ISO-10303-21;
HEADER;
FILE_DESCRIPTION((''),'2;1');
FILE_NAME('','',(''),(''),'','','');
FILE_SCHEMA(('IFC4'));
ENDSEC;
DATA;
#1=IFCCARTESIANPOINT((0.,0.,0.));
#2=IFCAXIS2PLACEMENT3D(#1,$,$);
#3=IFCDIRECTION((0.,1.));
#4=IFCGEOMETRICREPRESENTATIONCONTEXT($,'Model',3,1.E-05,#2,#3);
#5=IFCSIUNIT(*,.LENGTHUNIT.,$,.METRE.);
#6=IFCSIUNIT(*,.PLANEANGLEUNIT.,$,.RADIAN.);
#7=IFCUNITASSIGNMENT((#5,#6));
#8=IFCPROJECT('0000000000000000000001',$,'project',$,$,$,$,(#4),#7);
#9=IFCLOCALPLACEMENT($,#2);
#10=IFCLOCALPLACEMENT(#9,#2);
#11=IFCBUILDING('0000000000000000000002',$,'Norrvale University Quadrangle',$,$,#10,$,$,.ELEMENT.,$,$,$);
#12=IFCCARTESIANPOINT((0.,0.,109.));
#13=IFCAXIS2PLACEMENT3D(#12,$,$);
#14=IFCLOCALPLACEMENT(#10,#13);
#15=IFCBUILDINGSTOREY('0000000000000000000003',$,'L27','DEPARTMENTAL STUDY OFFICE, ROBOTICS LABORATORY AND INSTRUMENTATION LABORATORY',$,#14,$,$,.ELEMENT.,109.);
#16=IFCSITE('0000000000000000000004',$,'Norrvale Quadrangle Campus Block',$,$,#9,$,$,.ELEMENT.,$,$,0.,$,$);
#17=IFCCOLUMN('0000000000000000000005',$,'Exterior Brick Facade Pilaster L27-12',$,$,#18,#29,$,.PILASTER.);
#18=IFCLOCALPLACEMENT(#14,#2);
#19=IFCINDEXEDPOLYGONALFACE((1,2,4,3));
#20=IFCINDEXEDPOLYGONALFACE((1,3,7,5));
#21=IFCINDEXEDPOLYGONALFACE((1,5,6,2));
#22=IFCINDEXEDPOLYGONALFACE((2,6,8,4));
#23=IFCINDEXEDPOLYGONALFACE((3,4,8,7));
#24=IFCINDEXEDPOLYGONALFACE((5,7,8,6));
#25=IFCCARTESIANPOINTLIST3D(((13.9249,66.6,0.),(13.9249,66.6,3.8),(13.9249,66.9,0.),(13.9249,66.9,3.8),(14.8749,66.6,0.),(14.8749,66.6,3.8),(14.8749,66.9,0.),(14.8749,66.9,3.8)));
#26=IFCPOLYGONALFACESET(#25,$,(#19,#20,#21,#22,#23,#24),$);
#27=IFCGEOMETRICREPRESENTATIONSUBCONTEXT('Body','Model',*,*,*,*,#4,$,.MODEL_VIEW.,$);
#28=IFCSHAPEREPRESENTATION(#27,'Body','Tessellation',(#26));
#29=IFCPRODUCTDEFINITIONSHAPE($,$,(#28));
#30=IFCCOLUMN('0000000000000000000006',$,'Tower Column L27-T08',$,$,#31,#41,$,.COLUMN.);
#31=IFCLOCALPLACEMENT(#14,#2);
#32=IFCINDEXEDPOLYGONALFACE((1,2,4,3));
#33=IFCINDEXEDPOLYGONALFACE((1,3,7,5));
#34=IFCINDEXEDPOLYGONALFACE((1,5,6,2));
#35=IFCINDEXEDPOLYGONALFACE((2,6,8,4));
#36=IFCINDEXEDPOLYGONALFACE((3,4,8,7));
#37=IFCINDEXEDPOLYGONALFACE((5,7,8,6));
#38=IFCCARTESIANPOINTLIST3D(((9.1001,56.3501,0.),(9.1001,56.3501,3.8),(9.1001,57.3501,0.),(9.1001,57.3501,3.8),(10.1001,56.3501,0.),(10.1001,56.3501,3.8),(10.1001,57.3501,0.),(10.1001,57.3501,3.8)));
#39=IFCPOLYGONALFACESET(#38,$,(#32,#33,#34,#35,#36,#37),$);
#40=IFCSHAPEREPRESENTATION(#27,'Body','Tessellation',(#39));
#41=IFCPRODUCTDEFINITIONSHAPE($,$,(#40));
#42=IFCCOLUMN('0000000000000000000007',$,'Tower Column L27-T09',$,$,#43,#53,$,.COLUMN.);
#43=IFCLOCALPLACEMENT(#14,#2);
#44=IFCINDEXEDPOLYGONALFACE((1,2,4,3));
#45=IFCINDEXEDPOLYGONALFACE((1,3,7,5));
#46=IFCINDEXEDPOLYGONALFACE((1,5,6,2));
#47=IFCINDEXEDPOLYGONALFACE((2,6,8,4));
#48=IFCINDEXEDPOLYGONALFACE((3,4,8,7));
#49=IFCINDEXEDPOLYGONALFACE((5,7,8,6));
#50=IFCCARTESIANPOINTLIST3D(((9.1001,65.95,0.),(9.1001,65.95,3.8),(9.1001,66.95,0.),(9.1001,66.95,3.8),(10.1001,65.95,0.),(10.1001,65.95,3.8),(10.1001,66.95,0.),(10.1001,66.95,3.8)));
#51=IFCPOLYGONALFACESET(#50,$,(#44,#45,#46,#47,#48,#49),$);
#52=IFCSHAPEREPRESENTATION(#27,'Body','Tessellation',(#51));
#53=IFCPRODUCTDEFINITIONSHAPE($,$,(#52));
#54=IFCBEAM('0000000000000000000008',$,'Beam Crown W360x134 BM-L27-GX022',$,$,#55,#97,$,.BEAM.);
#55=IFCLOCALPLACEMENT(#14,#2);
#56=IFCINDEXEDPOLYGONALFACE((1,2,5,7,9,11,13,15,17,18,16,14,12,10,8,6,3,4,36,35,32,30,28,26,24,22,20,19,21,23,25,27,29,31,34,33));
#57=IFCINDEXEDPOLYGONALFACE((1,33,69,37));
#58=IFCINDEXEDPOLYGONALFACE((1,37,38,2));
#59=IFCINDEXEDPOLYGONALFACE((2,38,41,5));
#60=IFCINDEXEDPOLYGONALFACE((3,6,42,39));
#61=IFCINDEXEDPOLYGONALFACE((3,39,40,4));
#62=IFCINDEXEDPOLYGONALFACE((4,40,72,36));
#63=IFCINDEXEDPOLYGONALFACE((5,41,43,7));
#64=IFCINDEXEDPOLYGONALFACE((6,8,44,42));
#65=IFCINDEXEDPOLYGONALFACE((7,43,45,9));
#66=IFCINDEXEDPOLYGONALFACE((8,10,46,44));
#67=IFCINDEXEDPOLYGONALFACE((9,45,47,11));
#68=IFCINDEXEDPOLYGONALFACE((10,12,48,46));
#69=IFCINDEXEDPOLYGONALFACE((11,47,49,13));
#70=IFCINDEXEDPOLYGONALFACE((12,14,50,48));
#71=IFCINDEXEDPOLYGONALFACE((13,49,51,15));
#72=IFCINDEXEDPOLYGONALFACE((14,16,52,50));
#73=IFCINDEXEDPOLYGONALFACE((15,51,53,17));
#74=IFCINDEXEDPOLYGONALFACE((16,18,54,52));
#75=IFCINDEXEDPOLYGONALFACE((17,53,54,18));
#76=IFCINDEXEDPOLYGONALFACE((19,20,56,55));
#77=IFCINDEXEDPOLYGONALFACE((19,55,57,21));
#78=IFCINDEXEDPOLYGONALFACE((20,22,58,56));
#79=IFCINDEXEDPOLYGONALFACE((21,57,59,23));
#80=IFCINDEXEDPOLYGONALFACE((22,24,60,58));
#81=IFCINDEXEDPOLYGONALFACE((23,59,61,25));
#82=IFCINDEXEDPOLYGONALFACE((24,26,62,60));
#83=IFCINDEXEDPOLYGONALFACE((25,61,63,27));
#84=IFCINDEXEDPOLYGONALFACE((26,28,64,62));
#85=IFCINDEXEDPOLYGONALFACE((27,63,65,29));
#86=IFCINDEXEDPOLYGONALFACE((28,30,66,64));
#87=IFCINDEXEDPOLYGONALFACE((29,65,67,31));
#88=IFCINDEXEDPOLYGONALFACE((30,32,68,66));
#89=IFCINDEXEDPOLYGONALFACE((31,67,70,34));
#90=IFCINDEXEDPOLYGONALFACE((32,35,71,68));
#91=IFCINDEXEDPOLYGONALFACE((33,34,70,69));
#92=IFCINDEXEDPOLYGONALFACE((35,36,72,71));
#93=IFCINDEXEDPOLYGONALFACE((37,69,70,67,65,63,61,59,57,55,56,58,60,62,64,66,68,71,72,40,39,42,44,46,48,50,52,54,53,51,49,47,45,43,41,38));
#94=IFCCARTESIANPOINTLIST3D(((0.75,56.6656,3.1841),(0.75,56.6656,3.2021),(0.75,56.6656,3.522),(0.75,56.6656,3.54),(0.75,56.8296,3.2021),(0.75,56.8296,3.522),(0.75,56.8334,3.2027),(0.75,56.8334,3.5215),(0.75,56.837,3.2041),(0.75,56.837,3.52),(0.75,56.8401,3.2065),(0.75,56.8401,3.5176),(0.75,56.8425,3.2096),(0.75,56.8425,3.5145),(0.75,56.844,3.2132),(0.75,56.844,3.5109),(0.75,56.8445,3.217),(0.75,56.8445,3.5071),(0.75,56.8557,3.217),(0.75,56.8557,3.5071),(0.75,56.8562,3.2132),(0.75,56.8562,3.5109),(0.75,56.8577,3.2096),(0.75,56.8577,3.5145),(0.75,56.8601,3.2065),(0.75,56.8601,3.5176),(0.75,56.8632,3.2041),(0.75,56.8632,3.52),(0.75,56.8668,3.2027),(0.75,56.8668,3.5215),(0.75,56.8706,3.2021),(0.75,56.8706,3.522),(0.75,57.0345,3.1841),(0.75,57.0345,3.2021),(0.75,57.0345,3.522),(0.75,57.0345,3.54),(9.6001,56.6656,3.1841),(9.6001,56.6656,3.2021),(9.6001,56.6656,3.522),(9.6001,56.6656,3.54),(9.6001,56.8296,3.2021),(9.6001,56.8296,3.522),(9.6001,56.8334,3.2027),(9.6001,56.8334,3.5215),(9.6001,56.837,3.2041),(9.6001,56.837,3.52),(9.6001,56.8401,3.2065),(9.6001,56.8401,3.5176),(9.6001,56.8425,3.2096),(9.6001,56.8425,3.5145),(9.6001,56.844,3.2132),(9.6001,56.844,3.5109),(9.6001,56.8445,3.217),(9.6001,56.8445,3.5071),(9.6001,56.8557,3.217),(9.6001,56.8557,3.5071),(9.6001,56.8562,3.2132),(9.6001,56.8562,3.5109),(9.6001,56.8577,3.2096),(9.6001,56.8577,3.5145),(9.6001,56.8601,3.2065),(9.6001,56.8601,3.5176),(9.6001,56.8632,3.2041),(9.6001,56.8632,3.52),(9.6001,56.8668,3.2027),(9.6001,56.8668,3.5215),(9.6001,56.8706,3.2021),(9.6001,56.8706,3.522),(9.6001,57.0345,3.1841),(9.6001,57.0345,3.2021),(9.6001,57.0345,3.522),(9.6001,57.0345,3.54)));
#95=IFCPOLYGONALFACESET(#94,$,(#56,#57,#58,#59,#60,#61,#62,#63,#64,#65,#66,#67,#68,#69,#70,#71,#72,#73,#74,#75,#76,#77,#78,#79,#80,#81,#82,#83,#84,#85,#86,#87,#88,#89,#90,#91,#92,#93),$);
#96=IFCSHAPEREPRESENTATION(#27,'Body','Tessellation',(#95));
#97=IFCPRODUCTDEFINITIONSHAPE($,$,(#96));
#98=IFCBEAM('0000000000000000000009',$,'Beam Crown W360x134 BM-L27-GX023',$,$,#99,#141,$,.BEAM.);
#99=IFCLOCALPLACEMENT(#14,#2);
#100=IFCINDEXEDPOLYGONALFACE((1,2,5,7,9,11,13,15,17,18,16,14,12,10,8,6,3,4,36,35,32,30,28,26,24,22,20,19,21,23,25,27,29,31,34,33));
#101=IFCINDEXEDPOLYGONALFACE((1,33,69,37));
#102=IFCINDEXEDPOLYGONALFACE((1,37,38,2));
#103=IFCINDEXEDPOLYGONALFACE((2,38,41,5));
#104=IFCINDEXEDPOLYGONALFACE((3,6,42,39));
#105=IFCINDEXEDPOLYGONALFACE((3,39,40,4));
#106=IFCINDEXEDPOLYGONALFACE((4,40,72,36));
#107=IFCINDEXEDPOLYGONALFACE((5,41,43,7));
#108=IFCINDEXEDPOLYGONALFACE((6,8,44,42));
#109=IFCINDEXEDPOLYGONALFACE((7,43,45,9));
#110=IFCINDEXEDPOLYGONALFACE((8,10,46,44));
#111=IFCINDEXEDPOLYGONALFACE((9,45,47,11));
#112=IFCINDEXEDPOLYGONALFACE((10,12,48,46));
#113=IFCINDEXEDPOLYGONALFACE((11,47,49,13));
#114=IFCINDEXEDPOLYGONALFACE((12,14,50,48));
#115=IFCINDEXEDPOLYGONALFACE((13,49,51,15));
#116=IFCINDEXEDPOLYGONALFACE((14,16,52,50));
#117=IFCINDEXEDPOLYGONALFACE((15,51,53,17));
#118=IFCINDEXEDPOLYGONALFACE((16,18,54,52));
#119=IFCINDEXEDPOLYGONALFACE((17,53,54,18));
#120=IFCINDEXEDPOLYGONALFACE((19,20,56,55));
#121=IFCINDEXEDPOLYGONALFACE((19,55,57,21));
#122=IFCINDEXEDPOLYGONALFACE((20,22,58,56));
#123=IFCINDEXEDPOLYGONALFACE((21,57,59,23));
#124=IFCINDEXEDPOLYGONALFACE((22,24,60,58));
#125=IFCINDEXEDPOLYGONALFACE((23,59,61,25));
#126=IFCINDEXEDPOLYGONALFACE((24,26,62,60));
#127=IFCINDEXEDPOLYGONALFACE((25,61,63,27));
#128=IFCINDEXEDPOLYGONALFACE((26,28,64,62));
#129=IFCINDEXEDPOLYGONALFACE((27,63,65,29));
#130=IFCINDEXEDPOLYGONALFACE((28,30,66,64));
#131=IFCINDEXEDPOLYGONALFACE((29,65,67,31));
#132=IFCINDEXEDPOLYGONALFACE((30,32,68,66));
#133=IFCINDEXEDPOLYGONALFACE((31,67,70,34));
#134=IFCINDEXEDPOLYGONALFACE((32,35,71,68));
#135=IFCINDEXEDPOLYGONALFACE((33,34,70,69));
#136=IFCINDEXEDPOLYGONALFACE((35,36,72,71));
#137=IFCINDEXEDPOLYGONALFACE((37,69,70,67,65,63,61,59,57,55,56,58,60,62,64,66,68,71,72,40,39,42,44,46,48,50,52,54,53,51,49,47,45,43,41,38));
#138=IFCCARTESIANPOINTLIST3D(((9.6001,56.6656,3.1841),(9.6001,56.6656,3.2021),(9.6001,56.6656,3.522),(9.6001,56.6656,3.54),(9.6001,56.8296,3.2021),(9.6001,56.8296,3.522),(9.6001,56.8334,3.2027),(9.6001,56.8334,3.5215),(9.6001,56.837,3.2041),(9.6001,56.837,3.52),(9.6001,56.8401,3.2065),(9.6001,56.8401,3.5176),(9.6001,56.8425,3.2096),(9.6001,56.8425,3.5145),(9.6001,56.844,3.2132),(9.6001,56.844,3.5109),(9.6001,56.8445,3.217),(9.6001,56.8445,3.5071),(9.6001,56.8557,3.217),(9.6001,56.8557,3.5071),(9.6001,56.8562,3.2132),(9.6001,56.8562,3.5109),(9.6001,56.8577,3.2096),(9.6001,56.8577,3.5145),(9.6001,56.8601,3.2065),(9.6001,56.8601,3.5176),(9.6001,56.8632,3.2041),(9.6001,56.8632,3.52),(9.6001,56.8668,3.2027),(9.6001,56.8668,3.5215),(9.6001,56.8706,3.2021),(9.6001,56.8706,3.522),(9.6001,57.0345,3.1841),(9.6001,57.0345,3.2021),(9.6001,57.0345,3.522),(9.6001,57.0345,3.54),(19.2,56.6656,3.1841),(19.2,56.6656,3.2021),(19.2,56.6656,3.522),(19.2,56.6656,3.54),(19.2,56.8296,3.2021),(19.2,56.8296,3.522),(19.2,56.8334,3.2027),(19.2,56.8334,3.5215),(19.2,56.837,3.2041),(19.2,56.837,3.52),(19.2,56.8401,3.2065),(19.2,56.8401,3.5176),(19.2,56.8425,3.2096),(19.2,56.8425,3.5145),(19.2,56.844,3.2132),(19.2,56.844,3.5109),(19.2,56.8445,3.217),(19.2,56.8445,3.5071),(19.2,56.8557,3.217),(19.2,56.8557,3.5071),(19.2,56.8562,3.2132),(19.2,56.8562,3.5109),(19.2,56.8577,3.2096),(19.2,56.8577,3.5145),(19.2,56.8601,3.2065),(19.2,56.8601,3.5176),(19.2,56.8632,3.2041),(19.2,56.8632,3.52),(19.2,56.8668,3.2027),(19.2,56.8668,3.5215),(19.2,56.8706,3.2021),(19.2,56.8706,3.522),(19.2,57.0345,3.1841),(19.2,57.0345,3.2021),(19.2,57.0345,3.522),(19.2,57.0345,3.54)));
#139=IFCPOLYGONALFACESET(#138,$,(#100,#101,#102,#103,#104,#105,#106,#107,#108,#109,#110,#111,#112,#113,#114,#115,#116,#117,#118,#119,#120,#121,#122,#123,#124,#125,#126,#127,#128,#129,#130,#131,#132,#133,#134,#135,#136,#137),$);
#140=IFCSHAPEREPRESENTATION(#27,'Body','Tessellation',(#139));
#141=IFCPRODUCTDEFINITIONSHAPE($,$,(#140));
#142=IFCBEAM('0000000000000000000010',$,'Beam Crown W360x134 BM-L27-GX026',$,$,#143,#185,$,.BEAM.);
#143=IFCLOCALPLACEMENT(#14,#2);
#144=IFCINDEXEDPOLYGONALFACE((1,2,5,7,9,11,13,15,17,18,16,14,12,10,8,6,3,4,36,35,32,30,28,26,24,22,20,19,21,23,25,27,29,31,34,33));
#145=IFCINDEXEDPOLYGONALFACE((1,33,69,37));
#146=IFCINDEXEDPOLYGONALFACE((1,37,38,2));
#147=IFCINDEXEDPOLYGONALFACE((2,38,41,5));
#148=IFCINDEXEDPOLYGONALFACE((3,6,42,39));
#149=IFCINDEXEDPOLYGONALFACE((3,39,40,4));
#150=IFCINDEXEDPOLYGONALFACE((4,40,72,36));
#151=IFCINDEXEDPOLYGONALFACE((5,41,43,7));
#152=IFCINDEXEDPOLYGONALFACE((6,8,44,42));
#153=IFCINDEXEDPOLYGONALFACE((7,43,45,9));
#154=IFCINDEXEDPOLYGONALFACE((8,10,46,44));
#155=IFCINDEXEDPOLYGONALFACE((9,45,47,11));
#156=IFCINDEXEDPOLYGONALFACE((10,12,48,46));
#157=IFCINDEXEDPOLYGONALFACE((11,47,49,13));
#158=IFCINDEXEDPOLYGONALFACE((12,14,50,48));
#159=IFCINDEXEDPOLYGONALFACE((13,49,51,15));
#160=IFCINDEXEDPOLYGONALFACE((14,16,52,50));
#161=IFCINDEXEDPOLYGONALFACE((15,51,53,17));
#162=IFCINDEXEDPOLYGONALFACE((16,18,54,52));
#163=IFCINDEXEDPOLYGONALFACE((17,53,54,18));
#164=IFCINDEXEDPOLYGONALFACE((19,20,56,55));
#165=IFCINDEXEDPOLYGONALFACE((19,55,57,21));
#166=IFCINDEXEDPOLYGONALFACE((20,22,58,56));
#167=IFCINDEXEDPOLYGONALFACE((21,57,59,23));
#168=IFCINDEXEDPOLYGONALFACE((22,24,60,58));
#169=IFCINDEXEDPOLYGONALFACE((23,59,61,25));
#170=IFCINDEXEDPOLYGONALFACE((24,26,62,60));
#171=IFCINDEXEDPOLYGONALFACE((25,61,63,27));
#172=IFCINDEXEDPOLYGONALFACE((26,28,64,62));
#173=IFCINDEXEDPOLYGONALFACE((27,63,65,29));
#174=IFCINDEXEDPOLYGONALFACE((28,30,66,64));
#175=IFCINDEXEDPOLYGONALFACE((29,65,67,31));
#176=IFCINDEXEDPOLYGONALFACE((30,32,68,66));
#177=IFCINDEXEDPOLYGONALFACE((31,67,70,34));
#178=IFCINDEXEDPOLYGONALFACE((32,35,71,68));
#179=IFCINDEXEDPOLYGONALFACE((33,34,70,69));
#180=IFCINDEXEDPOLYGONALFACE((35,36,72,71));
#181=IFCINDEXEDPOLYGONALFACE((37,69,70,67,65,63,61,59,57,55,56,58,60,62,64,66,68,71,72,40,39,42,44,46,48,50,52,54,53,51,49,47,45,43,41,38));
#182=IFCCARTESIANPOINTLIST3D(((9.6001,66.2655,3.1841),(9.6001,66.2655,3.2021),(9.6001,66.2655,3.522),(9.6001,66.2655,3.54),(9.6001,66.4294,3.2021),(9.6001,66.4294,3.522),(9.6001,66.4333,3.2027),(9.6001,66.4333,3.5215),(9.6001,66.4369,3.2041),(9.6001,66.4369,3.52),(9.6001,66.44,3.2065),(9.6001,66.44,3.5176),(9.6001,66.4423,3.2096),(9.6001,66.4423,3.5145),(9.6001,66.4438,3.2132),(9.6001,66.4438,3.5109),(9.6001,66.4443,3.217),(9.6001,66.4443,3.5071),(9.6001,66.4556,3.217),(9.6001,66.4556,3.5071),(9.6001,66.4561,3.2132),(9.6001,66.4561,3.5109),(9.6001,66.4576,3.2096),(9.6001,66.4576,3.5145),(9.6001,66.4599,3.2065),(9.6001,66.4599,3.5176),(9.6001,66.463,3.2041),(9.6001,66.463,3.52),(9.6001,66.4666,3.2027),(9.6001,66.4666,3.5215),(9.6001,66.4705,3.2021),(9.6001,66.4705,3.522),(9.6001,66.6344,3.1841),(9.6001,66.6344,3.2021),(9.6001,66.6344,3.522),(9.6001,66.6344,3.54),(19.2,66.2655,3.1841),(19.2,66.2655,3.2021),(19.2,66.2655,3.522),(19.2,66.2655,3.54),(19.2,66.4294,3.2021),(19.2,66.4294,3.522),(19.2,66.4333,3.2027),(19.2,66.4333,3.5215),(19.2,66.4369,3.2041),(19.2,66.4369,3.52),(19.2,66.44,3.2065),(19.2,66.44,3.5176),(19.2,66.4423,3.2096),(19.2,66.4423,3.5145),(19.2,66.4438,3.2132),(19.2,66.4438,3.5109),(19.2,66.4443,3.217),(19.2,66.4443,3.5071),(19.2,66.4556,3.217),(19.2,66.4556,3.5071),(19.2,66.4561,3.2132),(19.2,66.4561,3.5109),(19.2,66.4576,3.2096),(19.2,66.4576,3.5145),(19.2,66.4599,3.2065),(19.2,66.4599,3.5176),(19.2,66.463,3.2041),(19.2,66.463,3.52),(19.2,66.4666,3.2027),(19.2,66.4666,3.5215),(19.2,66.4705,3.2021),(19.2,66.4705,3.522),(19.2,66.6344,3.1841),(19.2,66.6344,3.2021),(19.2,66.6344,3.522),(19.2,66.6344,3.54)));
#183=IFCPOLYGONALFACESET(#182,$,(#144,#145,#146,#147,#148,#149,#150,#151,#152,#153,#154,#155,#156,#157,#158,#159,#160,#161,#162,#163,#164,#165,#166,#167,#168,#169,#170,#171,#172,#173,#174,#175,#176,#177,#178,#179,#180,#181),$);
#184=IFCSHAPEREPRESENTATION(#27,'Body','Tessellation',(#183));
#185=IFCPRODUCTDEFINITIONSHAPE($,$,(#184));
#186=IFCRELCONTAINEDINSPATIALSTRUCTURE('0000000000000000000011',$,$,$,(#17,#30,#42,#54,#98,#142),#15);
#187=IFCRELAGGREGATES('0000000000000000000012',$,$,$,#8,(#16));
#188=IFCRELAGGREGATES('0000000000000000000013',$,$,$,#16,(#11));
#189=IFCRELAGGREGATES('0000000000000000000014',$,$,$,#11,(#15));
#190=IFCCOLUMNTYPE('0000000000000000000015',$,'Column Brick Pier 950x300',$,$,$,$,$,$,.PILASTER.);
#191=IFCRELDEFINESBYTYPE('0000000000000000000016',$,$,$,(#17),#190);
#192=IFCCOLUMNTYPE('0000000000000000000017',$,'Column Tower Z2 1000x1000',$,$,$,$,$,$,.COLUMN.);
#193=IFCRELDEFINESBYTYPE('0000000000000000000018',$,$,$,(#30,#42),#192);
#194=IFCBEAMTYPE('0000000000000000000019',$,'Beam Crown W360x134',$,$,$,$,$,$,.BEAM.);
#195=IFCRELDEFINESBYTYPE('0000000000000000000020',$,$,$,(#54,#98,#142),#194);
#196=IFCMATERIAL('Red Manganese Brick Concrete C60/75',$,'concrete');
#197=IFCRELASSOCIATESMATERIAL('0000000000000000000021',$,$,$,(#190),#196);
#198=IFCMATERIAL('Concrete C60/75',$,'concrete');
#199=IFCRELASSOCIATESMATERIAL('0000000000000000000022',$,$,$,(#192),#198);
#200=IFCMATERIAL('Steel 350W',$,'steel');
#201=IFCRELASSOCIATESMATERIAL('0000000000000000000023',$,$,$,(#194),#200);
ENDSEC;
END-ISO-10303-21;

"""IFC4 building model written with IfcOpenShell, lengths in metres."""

from ifc_helpers import new_model, si_unit, direction, frame, origin, origin_2d, place, context, subcontext, project, spatial, rectangle, i_section, extrude, material, material_profile, profile_set, type_object, element, save


model = new_model("IFC4")

# Units and contexts
model_context = context("Model", 3, precision=1e-05, world=origin(), true_north=direction((0.0, 1.0)))
body_context = subcontext(model_context, "Body", "Model", "MODEL_VIEW")
ifc_project = project(units=[si_unit("LENGTHUNIT", "METRE"), si_unit("PLANEANGLEUNIT", "RADIAN")], contexts=[model_context])

# Site, building, storey
site_placement = place(None, origin())
site = spatial("IfcSite", under=ifc_project, at=site_placement, Name="Norrvale Quadrangle Campus Block", CompositionType="ELEMENT", RefElevation=0.0)
building_placement = place(site_placement, origin())
building = spatial("IfcBuilding", under=site, at=building_placement, Name="Norrvale University Quadrangle", CompositionType="ELEMENT")
storey_placement = place(building_placement, frame((0.0, 0.0, 109.0)))
storey = spatial("IfcBuildingStorey", under=building, at=storey_placement, Name="L27", Description="DEPARTMENTAL STUDY OFFICE, ROBOTICS LABORATORY AND INSTRUMENTATION LABORATORY", CompositionType="ELEMENT", Elevation=109.0)

# Columns
ifc_material_1 = material(Name="Red Manganese Brick Concrete C60/75", Category="concrete")
ifc_material_profile_1 = material_profile(ifc_material_1, rectangle(XDim=0.95, YDim=0.3, at=origin_2d()), Name="Red Manganese Brick Concrete C60/75")
ifc_profile_set_1 = profile_set([ifc_material_profile_1], Name="Red Manganese Brick Concrete C60/75")
column_type_1 = type_object("IfcColumnType", Name="Column Brick Pier 950x300", PredefinedType="PILASTER", material=ifc_profile_set_1)
column_placement = place(storey_placement, frame((14.3999, 66.75, 0.0), z_axis=(0.0, 0.0, 1.0), x_axis=(1.0, 0.0, 0.0)))
element("IfcColumn", 1, at=column_placement, inside=storey, type_object=column_type_1, Name="Exterior Brick Facade Pilaster L27-12", PredefinedType="PILASTER", context=body_context, shape_type="SweptSolid", body=[
    extrude(rectangle(XDim=0.95, YDim=0.3, at=origin_2d()), origin(), (0.0, 0.0, 1.0), 3.8),
])
ifc_material_2 = material(Name="Concrete C60/75", Category="concrete")
ifc_material_profile_2 = material_profile(ifc_material_2, rectangle(XDim=1.0, YDim=1.0, at=origin_2d()), Name="Concrete C60/75")
ifc_profile_set_2 = profile_set([ifc_material_profile_2], Name="Concrete C60/75")
column_type_2 = type_object("IfcColumnType", Name="Column Tower Z2 1000x1000", PredefinedType="COLUMN", material=ifc_profile_set_2)
for number, where, z_axis, x_axis, name in (
    (2, (9.6001, 56.8501, 0.0), (0.0, 0.0, 1.0), (1.0, 0.0, 0.0), "Tower Column L27-T08"),
    (3, (9.6001, 66.45, 0.0), (0.0, 0.0, 1.0), (1.0, 0.0, 0.0), "Tower Column L27-T09"),
):
    element("IfcColumn", number, at=place(storey_placement, frame(where, z_axis=z_axis, x_axis=x_axis)), inside=storey, type_object=column_type_2, Name=name, PredefinedType="COLUMN", context=body_context, shape_type="SweptSolid", body=[
        extrude(rectangle(XDim=1.0, YDim=1.0, at=origin_2d()), origin(), (0.0, 0.0, 1.0), 3.8),
    ])

# Beams
ifc_material_3 = material(Name="Steel 350W", Category="steel")
ifc_material_profile_3 = material_profile(ifc_material_3, i_section(OverallWidth=0.3689, OverallDepth=0.356, WebThickness=0.0112, FlangeThickness=0.0181, FilletRadius=0.0149, at=origin_2d()), Name="Steel 350W")
ifc_profile_set_3 = profile_set([ifc_material_profile_3], Name="Steel 350W")
beam_type_1 = type_object("IfcBeamType", Name="Beam Crown W360x134", PredefinedType="BEAM", material=ifc_profile_set_3)
beam_1_placement = place(storey_placement, frame((0.75, 56.8501, 3.3621), z_axis=(1.0, 0.0, 0.0), x_axis=(0.0, 1.0, 0.0)))
element("IfcBeam", 4, at=beam_1_placement, inside=storey, type_object=beam_type_1, Name="Beam Crown W360x134 BM-L27-GX022", PredefinedType="BEAM", context=body_context, shape_type="SweptSolid", body=[
    extrude(i_section(OverallWidth=0.3689, OverallDepth=0.356, WebThickness=0.0112, FlangeThickness=0.0181, FilletRadius=0.0149, at=origin_2d()), origin(), (0.0, 0.0, 1.0), 8.8501),
])
for number, where, z_axis, x_axis, name in (
    (5, (9.6001, 56.8501, 3.3621), (1.0, 0.0, 0.0), (0.0, 1.0, 0.0), "Beam Crown W360x134 BM-L27-GX023"),
    (6, (9.6001, 66.45, 3.3621), (1.0, 0.0, 0.0), (0.0, 1.0, 0.0), "Beam Crown W360x134 BM-L27-GX026"),
):
    element("IfcBeam", number, at=place(storey_placement, frame(where, z_axis=z_axis, x_axis=x_axis)), inside=storey, type_object=beam_type_1, Name=name, PredefinedType="BEAM", context=body_context, shape_type="SweptSolid", body=[
        extrude(i_section(OverallWidth=0.3689, OverallDepth=0.356, WebThickness=0.0112, FlangeThickness=0.0181, FilletRadius=0.0149, at=origin_2d()), origin(), (0.0, 0.0, 1.0), 9.5999),
    ])

save(model, "model.ifc")
